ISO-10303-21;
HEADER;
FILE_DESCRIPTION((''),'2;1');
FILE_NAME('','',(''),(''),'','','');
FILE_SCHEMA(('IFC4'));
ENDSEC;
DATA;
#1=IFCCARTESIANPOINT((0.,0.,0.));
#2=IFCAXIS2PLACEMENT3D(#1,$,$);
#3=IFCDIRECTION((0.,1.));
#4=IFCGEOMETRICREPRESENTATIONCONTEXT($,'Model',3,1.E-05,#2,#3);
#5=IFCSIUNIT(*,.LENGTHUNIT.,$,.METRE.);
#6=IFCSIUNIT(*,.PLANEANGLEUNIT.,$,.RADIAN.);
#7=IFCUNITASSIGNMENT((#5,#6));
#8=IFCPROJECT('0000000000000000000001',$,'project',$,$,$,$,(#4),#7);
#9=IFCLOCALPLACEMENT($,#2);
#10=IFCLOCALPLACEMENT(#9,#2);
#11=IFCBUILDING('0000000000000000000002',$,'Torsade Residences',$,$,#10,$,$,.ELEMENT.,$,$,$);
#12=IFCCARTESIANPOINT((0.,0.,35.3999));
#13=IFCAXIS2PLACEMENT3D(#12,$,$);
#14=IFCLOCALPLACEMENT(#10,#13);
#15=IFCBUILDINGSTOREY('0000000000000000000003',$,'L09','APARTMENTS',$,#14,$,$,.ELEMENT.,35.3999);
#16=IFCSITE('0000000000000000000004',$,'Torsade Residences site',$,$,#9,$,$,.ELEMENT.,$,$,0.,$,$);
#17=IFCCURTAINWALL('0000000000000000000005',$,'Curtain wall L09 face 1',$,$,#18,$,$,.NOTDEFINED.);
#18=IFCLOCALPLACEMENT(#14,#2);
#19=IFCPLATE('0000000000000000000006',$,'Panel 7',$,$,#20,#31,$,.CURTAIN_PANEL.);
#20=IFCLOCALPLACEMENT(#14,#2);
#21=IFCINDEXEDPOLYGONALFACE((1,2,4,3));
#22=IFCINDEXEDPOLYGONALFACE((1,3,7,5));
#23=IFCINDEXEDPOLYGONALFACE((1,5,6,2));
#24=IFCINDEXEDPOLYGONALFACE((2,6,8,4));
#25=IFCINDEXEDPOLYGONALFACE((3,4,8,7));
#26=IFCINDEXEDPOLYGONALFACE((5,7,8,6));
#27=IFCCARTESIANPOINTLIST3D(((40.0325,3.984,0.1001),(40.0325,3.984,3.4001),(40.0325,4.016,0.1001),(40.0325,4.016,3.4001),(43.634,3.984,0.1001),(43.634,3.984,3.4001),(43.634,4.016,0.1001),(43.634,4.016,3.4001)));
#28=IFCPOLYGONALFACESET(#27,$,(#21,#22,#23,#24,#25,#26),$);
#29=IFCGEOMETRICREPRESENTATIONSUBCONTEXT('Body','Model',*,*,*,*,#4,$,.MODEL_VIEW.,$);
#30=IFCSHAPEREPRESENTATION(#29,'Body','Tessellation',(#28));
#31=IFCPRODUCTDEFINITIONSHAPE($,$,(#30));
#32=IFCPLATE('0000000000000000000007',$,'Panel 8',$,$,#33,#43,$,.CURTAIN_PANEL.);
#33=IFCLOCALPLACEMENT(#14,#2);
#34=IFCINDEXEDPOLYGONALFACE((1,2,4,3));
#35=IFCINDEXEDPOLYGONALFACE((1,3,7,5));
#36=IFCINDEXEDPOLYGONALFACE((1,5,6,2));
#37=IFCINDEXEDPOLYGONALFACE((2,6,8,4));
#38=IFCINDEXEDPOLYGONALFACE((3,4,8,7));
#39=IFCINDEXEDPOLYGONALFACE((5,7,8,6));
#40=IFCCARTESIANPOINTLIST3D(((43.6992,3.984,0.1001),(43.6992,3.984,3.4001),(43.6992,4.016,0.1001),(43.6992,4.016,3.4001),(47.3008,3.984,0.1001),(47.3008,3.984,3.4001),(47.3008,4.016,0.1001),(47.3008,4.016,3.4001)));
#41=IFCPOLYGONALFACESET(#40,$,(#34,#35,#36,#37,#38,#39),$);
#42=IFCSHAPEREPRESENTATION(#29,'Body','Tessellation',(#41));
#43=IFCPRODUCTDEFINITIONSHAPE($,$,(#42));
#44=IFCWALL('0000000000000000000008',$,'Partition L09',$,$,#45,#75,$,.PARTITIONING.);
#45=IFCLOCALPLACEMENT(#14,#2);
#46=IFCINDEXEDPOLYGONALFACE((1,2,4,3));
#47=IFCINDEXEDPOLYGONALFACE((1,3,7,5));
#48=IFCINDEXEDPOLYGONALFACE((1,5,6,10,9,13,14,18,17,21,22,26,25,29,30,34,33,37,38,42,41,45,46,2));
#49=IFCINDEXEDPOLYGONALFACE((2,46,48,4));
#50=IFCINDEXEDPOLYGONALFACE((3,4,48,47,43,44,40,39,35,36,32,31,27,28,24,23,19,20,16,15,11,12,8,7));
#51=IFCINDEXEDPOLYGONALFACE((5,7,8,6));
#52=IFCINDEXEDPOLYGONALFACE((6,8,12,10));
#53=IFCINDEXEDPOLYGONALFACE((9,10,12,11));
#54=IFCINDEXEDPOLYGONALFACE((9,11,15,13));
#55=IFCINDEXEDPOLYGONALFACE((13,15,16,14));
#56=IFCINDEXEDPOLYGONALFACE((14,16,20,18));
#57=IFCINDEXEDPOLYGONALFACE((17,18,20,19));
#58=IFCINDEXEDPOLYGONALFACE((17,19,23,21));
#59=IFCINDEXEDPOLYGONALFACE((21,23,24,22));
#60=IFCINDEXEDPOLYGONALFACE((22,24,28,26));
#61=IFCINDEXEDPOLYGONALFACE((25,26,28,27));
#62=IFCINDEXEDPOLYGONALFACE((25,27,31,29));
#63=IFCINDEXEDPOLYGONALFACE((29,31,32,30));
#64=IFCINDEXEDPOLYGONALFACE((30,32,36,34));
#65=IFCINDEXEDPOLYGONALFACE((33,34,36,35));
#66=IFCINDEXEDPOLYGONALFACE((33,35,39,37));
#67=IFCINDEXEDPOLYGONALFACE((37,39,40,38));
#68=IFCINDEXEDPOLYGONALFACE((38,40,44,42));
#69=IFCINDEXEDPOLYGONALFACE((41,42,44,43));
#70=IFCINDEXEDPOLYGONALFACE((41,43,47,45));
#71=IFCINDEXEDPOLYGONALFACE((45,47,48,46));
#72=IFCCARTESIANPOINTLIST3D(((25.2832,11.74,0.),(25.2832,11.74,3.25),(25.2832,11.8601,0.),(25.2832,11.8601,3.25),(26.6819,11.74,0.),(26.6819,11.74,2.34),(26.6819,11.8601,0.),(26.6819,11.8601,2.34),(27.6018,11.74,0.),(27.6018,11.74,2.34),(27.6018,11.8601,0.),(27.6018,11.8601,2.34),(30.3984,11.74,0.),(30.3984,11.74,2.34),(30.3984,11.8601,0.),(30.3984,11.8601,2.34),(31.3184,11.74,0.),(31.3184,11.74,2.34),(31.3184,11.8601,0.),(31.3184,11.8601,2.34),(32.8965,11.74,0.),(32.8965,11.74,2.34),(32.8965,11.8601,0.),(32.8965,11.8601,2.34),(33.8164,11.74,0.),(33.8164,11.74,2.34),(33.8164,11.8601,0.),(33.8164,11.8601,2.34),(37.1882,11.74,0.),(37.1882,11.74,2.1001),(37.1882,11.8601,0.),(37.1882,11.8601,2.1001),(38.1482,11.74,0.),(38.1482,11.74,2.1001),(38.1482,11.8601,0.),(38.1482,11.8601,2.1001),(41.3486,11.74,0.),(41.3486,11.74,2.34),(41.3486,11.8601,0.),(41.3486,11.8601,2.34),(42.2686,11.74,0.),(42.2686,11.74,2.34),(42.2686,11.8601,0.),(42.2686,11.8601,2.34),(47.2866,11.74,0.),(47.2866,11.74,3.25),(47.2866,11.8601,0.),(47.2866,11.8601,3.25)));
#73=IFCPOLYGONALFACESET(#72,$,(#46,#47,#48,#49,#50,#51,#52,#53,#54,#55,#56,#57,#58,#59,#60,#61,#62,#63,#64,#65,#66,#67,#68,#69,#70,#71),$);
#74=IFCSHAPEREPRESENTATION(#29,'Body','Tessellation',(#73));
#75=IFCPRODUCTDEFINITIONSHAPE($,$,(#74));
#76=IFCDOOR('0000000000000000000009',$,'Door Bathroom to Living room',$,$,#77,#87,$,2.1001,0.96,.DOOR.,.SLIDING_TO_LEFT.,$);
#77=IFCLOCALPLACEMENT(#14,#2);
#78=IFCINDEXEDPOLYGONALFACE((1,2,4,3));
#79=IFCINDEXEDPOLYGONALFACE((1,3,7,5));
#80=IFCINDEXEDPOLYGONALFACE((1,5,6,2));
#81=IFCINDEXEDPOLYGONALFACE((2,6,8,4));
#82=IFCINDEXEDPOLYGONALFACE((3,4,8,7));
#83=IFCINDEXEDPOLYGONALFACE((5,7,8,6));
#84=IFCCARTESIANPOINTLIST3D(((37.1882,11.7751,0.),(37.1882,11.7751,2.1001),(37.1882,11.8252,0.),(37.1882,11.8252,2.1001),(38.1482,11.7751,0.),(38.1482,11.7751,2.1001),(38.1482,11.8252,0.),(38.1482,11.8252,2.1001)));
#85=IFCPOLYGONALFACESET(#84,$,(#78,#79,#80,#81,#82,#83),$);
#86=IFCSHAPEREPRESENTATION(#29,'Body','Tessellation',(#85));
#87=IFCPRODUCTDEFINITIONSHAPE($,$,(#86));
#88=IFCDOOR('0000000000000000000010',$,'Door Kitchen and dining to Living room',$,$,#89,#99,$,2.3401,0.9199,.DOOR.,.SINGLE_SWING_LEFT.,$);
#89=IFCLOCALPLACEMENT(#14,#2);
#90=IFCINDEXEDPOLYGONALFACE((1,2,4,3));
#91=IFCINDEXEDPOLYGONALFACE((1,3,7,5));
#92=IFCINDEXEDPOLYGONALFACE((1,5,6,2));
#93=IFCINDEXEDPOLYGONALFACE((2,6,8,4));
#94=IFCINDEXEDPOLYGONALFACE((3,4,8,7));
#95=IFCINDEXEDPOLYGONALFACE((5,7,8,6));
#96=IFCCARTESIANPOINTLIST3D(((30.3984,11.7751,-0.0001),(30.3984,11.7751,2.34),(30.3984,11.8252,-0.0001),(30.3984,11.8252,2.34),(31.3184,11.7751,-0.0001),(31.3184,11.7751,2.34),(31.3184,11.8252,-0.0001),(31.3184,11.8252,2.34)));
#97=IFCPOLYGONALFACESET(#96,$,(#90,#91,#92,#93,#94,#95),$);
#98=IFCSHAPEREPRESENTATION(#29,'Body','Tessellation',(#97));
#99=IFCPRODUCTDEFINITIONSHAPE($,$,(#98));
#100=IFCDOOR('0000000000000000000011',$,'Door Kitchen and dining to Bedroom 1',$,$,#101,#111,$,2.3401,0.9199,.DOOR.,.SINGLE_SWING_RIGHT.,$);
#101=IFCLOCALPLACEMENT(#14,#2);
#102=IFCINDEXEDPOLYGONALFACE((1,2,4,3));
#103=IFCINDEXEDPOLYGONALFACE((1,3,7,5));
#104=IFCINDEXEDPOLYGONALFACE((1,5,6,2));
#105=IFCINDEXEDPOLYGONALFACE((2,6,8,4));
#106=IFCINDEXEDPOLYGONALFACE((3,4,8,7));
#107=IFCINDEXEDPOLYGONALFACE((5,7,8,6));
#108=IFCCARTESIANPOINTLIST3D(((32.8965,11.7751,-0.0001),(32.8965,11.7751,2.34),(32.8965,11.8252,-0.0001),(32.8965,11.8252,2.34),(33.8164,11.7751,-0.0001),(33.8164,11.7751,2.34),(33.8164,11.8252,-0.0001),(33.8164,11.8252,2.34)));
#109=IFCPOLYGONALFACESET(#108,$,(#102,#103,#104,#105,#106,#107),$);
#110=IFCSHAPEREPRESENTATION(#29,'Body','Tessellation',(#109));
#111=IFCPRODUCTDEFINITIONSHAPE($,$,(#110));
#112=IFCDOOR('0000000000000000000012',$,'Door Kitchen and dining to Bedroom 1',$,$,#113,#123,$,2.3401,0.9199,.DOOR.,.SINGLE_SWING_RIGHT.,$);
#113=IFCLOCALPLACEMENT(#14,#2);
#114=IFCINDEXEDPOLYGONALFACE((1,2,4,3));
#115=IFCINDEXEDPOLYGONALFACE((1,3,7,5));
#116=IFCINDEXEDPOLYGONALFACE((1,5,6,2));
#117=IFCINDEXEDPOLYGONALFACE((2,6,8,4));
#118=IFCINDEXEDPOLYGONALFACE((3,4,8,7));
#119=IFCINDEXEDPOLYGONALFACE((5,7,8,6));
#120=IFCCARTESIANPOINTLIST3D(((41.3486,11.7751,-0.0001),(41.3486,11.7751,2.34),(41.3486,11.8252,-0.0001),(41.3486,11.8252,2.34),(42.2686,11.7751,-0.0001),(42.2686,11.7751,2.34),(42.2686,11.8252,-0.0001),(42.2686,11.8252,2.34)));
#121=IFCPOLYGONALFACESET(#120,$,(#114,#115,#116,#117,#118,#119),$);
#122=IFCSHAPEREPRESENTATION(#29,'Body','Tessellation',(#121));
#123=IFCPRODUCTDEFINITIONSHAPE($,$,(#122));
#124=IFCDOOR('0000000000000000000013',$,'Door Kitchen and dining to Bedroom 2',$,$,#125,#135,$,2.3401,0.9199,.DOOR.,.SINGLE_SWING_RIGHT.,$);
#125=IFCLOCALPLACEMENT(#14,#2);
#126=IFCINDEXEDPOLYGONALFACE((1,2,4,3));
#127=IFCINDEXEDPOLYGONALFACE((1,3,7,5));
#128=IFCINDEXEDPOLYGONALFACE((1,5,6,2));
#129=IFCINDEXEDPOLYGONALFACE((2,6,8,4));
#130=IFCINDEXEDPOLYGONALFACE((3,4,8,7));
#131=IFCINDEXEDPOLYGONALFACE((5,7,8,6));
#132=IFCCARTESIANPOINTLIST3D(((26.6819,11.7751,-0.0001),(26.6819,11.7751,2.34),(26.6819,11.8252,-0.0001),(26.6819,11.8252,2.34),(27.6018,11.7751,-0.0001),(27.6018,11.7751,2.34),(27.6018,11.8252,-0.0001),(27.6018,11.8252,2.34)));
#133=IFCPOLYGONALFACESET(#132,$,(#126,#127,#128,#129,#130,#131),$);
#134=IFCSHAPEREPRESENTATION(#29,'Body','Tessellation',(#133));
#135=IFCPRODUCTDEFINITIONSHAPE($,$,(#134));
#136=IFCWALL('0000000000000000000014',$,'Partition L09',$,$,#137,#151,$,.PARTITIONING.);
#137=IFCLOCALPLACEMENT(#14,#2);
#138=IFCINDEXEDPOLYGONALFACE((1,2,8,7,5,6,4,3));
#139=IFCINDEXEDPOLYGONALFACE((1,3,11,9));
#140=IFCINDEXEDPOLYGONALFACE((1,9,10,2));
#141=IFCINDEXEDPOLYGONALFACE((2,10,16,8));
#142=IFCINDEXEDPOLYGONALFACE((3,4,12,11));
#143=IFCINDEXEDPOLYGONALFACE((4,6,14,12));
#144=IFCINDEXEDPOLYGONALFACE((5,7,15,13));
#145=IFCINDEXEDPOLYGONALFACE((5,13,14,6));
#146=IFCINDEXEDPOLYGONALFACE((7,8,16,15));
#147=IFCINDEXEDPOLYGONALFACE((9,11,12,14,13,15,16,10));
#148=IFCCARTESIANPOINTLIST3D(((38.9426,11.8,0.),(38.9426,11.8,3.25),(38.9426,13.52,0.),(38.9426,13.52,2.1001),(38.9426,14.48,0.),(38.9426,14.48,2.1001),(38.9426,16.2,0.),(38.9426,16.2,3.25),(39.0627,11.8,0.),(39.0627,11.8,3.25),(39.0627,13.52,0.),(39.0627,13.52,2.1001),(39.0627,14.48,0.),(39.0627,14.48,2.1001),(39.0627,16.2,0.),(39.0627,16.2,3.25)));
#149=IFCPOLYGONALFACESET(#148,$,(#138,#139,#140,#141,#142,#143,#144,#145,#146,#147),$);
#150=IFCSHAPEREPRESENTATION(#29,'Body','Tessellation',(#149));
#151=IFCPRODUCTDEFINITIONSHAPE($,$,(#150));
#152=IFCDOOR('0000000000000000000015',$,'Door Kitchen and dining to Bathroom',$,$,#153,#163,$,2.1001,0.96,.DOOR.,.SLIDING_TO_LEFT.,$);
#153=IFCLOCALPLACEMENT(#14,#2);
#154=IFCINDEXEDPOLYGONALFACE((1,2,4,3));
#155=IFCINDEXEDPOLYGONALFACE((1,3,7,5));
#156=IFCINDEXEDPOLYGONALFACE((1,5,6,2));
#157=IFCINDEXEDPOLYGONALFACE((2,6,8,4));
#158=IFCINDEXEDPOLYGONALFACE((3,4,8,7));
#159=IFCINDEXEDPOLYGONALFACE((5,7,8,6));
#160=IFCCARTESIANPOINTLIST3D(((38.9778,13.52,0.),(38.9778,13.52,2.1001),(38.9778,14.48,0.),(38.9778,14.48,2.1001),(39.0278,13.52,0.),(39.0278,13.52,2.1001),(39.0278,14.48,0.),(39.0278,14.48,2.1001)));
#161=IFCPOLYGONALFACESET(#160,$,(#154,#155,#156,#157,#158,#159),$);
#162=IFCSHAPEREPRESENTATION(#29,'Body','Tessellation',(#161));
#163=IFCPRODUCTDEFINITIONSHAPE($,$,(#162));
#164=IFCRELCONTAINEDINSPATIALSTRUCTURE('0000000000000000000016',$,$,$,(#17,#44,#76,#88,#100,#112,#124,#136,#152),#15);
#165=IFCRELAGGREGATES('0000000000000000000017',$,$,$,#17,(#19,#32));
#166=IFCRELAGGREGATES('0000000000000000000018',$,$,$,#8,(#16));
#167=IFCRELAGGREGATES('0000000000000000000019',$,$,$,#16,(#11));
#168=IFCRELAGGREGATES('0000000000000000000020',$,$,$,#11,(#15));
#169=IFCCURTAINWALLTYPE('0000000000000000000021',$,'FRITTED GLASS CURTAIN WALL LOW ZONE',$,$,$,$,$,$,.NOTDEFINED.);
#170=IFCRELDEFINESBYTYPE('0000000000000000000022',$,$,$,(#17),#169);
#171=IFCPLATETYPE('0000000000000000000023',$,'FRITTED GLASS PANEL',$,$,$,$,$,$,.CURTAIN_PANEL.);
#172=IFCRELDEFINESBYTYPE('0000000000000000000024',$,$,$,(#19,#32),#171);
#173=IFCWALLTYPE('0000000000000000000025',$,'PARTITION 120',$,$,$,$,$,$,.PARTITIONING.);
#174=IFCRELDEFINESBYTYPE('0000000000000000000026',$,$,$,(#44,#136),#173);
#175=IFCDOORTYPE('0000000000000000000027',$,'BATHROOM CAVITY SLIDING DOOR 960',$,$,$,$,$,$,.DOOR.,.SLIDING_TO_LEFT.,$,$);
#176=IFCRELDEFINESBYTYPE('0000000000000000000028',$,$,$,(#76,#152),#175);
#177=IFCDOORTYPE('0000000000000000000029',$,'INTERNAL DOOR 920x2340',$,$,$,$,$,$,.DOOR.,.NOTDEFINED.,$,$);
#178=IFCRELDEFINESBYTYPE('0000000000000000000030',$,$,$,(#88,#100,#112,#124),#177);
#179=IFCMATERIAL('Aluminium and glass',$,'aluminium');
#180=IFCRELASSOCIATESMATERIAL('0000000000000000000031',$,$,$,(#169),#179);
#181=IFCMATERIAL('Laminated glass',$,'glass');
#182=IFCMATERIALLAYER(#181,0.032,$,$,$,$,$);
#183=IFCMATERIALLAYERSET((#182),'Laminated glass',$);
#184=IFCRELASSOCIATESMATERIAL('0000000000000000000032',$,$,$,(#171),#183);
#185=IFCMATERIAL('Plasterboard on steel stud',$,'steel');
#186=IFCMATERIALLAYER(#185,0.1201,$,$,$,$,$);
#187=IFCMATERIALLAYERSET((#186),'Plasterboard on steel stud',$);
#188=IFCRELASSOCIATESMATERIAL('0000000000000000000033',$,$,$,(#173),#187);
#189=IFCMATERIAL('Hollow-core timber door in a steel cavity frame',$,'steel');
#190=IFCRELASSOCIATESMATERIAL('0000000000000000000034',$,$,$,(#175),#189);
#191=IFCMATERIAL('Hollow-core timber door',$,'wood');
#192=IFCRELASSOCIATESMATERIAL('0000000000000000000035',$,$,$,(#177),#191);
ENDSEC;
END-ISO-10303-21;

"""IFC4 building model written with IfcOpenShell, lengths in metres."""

from ifc_helpers import new_model, si_unit, direction, frame, frame_2d, origin, origin_2d, place, context, subcontext, project, spatial, rectangle, extrude, material, layer, layer_set, type_object, element, fill, aggregate, save


model = new_model("IFC4")

# Units and contexts
model_context = context("Model", 3, precision=1e-05, world=origin(), true_north=direction((0.0, 1.0)))
body_context = subcontext(model_context, "Body", "Model", "MODEL_VIEW")
ifc_project = project(units=[si_unit("LENGTHUNIT", "METRE"), si_unit("PLANEANGLEUNIT", "RADIAN")], contexts=[model_context])

# Site, building, storey
site_placement = place(None, origin())
site = spatial("IfcSite", under=ifc_project, at=site_placement, Name="Torsade Residences site", CompositionType="ELEMENT", RefElevation=0.0)
building_placement = place(site_placement, origin())
building = spatial("IfcBuilding", under=site, at=building_placement, Name="Torsade Residences", CompositionType="ELEMENT")
storey_placement = place(building_placement, frame((0.0, 0.0, 35.3999)))
storey = spatial("IfcBuildingStorey", under=building, at=storey_placement, Name="L09", Description="APARTMENTS", CompositionType="ELEMENT", Elevation=35.3999)

# Curtain wall
ifc_material_1 = material(Name="Aluminium and glass", Category="aluminium")
curtain_wall_type = type_object("IfcCurtainWallType", Name="FRITTED GLASS CURTAIN WALL LOW ZONE", PredefinedType="NOTDEFINED", material=ifc_material_1)
curtain_wall_placement = place(storey_placement, origin())
curtain_wall = element("IfcCurtainWall", 1, at=curtain_wall_placement, inside=storey, type_object=curtain_wall_type, Name="Curtain wall L09 face 1", PredefinedType="NOTDEFINED")

# Plates
ifc_material_2 = material(Name="Laminated glass", Category="glass")
ifc_layer_1 = layer(ifc_material_2, 0.032)
ifc_layer_set_1 = layer_set([ifc_layer_1], Name="Laminated glass")
plate_type = type_object("IfcPlateType", Name="FRITTED GLASS PANEL", PredefinedType="CURTAIN_PANEL", material=ifc_layer_set_1)
plate_1_placement = place(storey_placement, frame((41.8333, 4.0, 0.1001), z_axis=(0.0, 0.0, 1.0), x_axis=(1.0, 0.0, 0.0)))
plate_1 = element("IfcPlate", 2, at=plate_1_placement, type_object=plate_type, Name="Panel 7", PredefinedType="CURTAIN_PANEL", context=body_context, shape_type="SweptSolid", body=[
    extrude(rectangle(XDim=3.6016, YDim=0.032, at=origin_2d()), origin(), (0.0, 0.0, 1.0), 3.3),
])
plate_2_placement = place(storey_placement, frame((45.5, 4.0, 0.1001), z_axis=(0.0, 0.0, 1.0), x_axis=(1.0, 0.0, 0.0)))
plate_2 = element("IfcPlate", 3, at=plate_2_placement, type_object=plate_type, Name="Panel 8", PredefinedType="CURTAIN_PANEL", context=body_context, shape_type="SweptSolid", body=[
    extrude(rectangle(XDim=3.6016, YDim=0.032, at=origin_2d()), origin(), (0.0, 0.0, 1.0), 3.3),
])
aggregate(curtain_wall, [plate_1, plate_2])

# Wall, openings, doors
ifc_material_3 = material(Name="Plasterboard on steel stud", Category="steel")
ifc_layer_2 = layer(ifc_material_3, 0.1201)
ifc_layer_set_2 = layer_set([ifc_layer_2], Name="Plasterboard on steel stud")
wall_type_1 = type_object("IfcWallType", Name="PARTITION 120", PredefinedType="PARTITIONING", material=ifc_layer_set_2)
wall_1_placement = place(storey_placement, frame((47.2866, 11.8, 0.0), z_axis=(0.0, 0.0, 1.0), x_axis=(-1.0, 0.0, 0.0)))
wall_1 = element("IfcWall", 4, at=wall_1_placement, inside=storey, type_object=wall_type_1, Name="Partition L09", PredefinedType="PARTITIONING", context=body_context, shape_type="SweptSolid", body=[
    extrude(rectangle(XDim=22.0034, YDim=0.1201, at=frame_2d((11.0017, 0.0))), origin(), (0.0, 0.0, 1.0), 3.25),
])
opening_1_placement = place(wall_1_placement, frame((15.9683, 0.0, 0.0)))
opening_1 = element("IfcOpeningElement", 5, at=opening_1_placement, cuts=wall_1, PredefinedType="OPENING", context=body_context, shape_type="SweptSolid", body=[
    extrude(rectangle(XDim=0.9199, YDim=2.3401, at=frame_2d((0.46, 1.1699))), frame((0.0, 0.0701, 0.0), z_axis=(0.0, -1.0, 0.0), x_axis=(1.0, 0.0, 0.0)), (0.0, 0.0, 1.0), 0.1401),
])
opening_2_placement = place(wall_1_placement, frame((13.4702, 0.0, 0.0)))
opening_2 = element("IfcOpeningElement", 6, at=opening_2_placement, cuts=wall_1, PredefinedType="OPENING", context=body_context, shape_type="SweptSolid", body=[
    extrude(rectangle(XDim=0.9199, YDim=2.3401, at=frame_2d((0.46, 1.1699))), frame((0.0, 0.0701, 0.0), z_axis=(0.0, -1.0, 0.0), x_axis=(1.0, 0.0, 0.0)), (0.0, 0.0, 1.0), 0.1401),
])
opening_3_placement = place(wall_1_placement, frame((5.0181, 0.0, 0.0)))
opening_3 = element("IfcOpeningElement", 7, at=opening_3_placement, cuts=wall_1, PredefinedType="OPENING", context=body_context, shape_type="SweptSolid", body=[
    extrude(rectangle(XDim=0.9199, YDim=2.3401, at=frame_2d((0.46, 1.1699))), frame((0.0, 0.0701, 0.0), z_axis=(0.0, -1.0, 0.0), x_axis=(1.0, 0.0, 0.0)), (0.0, 0.0, 1.0), 0.1401),
])
opening_4_placement = place(wall_1_placement, frame((19.6848, 0.0, 0.0)))
opening_4 = element("IfcOpeningElement", 8, at=opening_4_placement, cuts=wall_1, PredefinedType="OPENING", context=body_context, shape_type="SweptSolid", body=[
    extrude(rectangle(XDim=0.9199, YDim=2.3401, at=frame_2d((0.46, 1.1699))), frame((0.0, 0.0701, 0.0), z_axis=(0.0, -1.0, 0.0), x_axis=(1.0, 0.0, 0.0)), (0.0, 0.0, 1.0), 0.1401),
])
opening_5_placement = place(wall_1_placement, frame((9.1384, 0.0, 0.0)))
opening_5 = element("IfcOpeningElement", 9, at=opening_5_placement, cuts=wall_1, PredefinedType="OPENING", context=body_context, shape_type="SweptSolid", body=[
    extrude(rectangle(XDim=0.96, YDim=2.1001, at=frame_2d((0.48, 1.05))), frame((0.0, 0.0701, 0.0), z_axis=(0.0, -1.0, 0.0), x_axis=(1.0, 0.0, 0.0)), (0.0, 0.0, 1.0), 0.1401),
])
ifc_material_4 = material(Name="Hollow-core timber door in a steel cavity frame", Category="steel")
door_type_1 = type_object("IfcDoorType", Name="BATHROOM CAVITY SLIDING DOOR 960", OperationType="SLIDING_TO_LEFT", PredefinedType="DOOR", material=ifc_material_4)
door_1_placement = place(opening_5_placement, origin())
door_1 = element("IfcDoor", 10, at=door_1_placement, inside=storey, type_object=door_type_1, Name="Door Bathroom to Living room", OperationType="SLIDING_TO_LEFT", OverallHeight=2.1001, OverallWidth=0.96, PredefinedType="DOOR", context=body_context, shape_type="SweptSolid", body=[
    extrude(rectangle(XDim=0.96, YDim=2.1001, at=frame_2d((0.48, 1.05))), frame((0.0, 0.0249, 0.0), z_axis=(0.0, -1.0, 0.0), x_axis=(1.0, 0.0, 0.0)), (0.0, 0.0, 1.0), 0.05),
])
fill(opening_5, door_1)
ifc_material_5 = material(Name="Hollow-core timber door", Category="wood")
door_type_2 = type_object("IfcDoorType", Name="INTERNAL DOOR 920x2340", OperationType="NOTDEFINED", PredefinedType="DOOR", material=ifc_material_5)
door_2_placement = place(opening_1_placement, origin())
door_2 = element("IfcDoor", 11, at=door_2_placement, inside=storey, type_object=door_type_2, Name="Door Kitchen and dining to Living room", OperationType="SINGLE_SWING_LEFT", OverallHeight=2.3401, OverallWidth=0.9199, PredefinedType="DOOR", context=body_context, shape_type="SweptSolid", body=[
    extrude(rectangle(XDim=0.9199, YDim=2.3401, at=frame_2d((0.46, 1.1699))), frame((0.0, 0.0249, 0.0), z_axis=(0.0, -1.0, 0.0), x_axis=(1.0, 0.0, 0.0)), (0.0, 0.0, 1.0), 0.05),
])
fill(opening_1, door_2)
door_3_placement = place(opening_2_placement, origin())
door_3 = element("IfcDoor", 12, at=door_3_placement, inside=storey, type_object=door_type_2, Name="Door Kitchen and dining to Bedroom 1", OperationType="SINGLE_SWING_RIGHT", OverallHeight=2.3401, OverallWidth=0.9199, PredefinedType="DOOR", context=body_context, shape_type="SweptSolid", body=[
    extrude(rectangle(XDim=0.9199, YDim=2.3401, at=frame_2d((0.46, 1.1699))), frame((0.0, 0.0249, 0.0), z_axis=(0.0, -1.0, 0.0), x_axis=(1.0, 0.0, 0.0)), (0.0, 0.0, 1.0), 0.05),
])
fill(opening_2, door_3)
door_4_placement = place(opening_3_placement, origin())
door_4 = element("IfcDoor", 13, at=door_4_placement, inside=storey, type_object=door_type_2, Name="Door Kitchen and dining to Bedroom 1", OperationType="SINGLE_SWING_RIGHT", OverallHeight=2.3401, OverallWidth=0.9199, PredefinedType="DOOR", context=body_context, shape_type="SweptSolid", body=[
    extrude(rectangle(XDim=0.9199, YDim=2.3401, at=frame_2d((0.46, 1.1699))), frame((0.0, 0.0249, 0.0), z_axis=(0.0, -1.0, 0.0), x_axis=(1.0, 0.0, 0.0)), (0.0, 0.0, 1.0), 0.05),
])
fill(opening_3, door_4)
door_5_placement = place(opening_4_placement, origin())
door_5 = element("IfcDoor", 14, at=door_5_placement, inside=storey, type_object=door_type_2, Name="Door Kitchen and dining to Bedroom 2", OperationType="SINGLE_SWING_RIGHT", OverallHeight=2.3401, OverallWidth=0.9199, PredefinedType="DOOR", context=body_context, shape_type="SweptSolid", body=[
    extrude(rectangle(XDim=0.9199, YDim=2.3401, at=frame_2d((0.46, 1.1699))), frame((0.0, 0.0249, 0.0), z_axis=(0.0, -1.0, 0.0), x_axis=(1.0, 0.0, 0.0)), (0.0, 0.0, 1.0), 0.05),
])
fill(opening_4, door_5)

# Wall, opening, door
wall_2_placement = place(storey_placement, frame((39.0027, 11.8, 0.0), z_axis=(0.0, 0.0, 1.0), x_axis=(0.0, 1.0, 0.0)))
wall_2 = element("IfcWall", 15, at=wall_2_placement, inside=storey, type_object=wall_type_1, Name="Partition L09", PredefinedType="PARTITIONING", context=body_context, shape_type="SweptSolid", body=[
    extrude(rectangle(XDim=4.3999, YDim=0.1201, at=frame_2d((2.2, 0.0))), origin(), (0.0, 0.0, 1.0), 3.25),
])
opening_6_placement = place(wall_2_placement, frame((1.72, 0.0, 0.0)))
opening_6 = element("IfcOpeningElement", 16, at=opening_6_placement, cuts=wall_2, PredefinedType="OPENING", context=body_context, shape_type="SweptSolid", body=[
    extrude(rectangle(XDim=0.96, YDim=2.1001, at=frame_2d((0.48, 1.05))), frame((0.0, 0.0701, 0.0), z_axis=(0.0, -1.0, 0.0), x_axis=(1.0, 0.0, 0.0)), (0.0, 0.0, 1.0), 0.1401),
])
door_6_placement = place(opening_6_placement, origin())
door_6 = element("IfcDoor", 17, at=door_6_placement, inside=storey, type_object=door_type_1, Name="Door Kitchen and dining to Bathroom", OperationType="SLIDING_TO_LEFT", OverallHeight=2.1001, OverallWidth=0.96, PredefinedType="DOOR", context=body_context, shape_type="SweptSolid", body=[
    extrude(rectangle(XDim=0.96, YDim=2.1001, at=frame_2d((0.48, 1.05))), frame((0.0, 0.0249, 0.0), z_axis=(0.0, -1.0, 0.0), x_axis=(1.0, 0.0, 0.0)), (0.0, 0.0, 1.0), 0.05),
])
fill(opening_6, door_6)

save(model, "model.ifc")
